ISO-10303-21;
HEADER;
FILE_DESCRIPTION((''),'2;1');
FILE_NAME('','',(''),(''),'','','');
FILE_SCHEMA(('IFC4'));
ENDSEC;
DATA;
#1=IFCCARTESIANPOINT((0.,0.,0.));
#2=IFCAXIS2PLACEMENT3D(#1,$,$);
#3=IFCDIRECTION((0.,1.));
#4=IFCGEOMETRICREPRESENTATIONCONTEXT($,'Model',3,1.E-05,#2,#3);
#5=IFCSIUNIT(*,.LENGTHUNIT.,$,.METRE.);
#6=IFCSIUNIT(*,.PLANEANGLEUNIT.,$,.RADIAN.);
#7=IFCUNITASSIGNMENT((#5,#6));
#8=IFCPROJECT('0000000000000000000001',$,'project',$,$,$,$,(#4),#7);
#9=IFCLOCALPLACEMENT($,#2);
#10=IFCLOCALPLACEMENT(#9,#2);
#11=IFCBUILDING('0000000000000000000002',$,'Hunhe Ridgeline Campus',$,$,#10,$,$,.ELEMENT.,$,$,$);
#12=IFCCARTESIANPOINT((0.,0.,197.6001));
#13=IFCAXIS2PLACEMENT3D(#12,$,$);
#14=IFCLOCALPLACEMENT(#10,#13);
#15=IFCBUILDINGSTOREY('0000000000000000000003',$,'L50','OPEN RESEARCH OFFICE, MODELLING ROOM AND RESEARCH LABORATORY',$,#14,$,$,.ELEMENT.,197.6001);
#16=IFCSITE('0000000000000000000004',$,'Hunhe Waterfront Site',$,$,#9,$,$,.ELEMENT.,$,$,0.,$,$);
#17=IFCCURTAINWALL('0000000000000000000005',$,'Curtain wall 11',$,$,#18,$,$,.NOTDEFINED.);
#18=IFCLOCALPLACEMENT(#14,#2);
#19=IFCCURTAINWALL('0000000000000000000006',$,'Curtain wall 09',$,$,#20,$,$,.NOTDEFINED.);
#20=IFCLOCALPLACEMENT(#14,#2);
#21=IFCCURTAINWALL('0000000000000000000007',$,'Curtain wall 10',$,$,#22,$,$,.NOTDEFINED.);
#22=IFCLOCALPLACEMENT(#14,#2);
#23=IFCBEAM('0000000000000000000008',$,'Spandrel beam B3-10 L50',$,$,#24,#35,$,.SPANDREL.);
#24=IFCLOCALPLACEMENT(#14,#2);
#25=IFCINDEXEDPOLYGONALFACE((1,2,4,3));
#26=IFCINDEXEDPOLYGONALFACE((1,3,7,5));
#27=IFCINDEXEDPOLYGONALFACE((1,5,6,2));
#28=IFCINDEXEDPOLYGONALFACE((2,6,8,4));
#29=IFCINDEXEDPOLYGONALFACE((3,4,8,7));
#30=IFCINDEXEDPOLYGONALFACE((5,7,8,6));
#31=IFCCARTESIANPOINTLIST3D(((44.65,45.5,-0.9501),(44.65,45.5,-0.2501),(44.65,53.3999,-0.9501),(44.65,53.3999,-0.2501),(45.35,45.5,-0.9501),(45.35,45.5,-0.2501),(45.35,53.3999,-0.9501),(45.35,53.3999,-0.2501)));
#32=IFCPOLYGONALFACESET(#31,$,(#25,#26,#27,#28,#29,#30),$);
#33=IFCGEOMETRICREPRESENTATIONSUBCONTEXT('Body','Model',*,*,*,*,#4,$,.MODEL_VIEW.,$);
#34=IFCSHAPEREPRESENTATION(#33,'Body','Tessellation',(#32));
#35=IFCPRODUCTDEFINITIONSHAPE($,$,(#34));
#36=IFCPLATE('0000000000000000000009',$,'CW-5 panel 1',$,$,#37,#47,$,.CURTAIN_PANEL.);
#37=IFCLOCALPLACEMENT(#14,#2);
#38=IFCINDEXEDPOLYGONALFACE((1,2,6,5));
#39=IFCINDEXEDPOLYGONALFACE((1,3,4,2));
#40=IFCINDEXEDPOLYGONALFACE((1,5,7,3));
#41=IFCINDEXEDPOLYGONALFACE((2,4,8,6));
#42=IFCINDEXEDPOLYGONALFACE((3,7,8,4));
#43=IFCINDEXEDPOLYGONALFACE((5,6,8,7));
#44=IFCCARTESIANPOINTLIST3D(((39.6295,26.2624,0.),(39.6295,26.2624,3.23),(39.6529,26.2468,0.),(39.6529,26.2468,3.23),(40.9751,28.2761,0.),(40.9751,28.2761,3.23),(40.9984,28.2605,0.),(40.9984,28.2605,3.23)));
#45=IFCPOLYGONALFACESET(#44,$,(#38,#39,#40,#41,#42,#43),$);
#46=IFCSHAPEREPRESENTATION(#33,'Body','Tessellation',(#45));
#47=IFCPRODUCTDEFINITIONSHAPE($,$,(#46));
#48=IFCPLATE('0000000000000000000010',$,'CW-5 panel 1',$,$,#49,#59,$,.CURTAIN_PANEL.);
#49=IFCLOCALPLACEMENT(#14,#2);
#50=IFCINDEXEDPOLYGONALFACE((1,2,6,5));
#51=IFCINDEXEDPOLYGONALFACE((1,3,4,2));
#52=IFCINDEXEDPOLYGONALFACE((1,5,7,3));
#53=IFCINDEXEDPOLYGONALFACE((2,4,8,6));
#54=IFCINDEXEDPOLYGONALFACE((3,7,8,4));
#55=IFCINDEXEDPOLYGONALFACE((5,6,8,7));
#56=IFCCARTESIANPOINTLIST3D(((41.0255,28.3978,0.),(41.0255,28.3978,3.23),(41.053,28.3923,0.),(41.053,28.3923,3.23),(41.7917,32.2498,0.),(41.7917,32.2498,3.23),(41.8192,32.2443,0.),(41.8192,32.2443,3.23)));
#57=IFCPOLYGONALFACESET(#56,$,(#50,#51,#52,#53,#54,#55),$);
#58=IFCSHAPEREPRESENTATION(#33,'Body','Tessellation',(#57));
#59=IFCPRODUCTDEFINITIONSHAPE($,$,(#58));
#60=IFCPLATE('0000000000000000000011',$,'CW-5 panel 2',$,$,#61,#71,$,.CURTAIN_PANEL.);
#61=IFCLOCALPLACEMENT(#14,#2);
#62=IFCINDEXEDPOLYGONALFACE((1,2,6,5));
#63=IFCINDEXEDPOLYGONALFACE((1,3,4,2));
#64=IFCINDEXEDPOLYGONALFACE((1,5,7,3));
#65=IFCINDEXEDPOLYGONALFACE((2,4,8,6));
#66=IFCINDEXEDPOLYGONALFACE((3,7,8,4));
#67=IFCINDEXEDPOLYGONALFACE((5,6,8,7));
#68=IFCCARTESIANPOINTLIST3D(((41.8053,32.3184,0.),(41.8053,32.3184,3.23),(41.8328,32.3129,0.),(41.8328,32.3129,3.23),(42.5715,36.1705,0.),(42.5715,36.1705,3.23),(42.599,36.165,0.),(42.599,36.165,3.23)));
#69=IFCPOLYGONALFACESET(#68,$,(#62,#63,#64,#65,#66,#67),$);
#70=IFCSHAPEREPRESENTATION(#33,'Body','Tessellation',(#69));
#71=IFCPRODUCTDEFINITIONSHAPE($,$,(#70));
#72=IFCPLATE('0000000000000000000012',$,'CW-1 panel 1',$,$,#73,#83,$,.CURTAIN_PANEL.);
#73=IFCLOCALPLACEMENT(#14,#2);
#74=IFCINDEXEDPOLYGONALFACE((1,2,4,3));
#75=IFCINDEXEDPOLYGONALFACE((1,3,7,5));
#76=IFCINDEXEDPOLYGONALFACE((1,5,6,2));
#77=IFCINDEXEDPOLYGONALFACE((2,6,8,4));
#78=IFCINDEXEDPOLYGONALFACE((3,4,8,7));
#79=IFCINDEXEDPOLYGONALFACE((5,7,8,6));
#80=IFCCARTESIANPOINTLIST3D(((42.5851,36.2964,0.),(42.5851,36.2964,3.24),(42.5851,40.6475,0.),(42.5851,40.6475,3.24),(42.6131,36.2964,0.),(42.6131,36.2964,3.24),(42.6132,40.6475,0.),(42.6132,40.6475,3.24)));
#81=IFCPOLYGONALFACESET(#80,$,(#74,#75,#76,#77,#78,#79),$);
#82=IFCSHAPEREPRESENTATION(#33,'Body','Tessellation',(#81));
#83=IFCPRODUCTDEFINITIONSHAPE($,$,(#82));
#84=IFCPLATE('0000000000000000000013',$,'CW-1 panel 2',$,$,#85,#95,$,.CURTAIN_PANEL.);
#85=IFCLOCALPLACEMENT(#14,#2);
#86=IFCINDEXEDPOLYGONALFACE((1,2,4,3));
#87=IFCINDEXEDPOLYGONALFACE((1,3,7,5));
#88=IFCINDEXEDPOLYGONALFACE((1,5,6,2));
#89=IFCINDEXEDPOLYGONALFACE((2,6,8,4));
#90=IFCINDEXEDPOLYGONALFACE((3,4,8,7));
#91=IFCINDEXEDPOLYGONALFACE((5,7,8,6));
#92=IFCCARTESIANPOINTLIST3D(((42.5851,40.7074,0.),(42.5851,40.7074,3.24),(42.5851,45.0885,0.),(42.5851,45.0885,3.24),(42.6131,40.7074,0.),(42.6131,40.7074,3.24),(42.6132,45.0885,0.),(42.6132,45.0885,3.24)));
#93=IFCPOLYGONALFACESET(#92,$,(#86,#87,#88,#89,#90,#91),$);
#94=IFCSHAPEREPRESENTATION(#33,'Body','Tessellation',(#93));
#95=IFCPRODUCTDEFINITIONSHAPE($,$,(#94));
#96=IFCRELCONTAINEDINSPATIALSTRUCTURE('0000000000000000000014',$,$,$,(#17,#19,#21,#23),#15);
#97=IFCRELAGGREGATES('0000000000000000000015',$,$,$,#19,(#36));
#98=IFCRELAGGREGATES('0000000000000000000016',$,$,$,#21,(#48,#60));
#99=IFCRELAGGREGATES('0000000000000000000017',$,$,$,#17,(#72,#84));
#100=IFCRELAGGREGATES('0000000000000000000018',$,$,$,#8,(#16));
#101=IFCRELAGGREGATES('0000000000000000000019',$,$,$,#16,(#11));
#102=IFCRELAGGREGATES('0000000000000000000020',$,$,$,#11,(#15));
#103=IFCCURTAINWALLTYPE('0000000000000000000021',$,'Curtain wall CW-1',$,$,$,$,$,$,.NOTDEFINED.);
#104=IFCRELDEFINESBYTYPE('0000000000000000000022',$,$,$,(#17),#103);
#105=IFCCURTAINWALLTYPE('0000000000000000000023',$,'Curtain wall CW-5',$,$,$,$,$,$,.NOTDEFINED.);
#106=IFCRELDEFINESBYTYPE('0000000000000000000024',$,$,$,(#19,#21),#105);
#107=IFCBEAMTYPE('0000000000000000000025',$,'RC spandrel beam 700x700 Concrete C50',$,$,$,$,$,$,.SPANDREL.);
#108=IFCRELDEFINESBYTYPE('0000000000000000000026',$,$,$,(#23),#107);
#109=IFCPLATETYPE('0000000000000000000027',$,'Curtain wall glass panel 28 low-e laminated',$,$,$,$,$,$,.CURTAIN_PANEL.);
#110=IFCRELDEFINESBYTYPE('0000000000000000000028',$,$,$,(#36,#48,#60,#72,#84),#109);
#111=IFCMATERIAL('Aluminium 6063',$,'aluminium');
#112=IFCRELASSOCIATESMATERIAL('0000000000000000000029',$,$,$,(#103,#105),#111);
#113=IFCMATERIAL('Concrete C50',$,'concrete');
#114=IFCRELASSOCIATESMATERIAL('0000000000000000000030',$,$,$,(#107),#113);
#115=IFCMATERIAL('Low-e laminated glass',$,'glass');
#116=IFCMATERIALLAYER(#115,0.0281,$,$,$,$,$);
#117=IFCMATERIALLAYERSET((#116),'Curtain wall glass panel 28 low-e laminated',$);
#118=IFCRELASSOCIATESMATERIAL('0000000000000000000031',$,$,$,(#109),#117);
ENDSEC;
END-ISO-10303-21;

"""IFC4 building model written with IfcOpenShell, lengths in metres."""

from ifc_helpers import new_model, si_unit, direction, frame, origin, origin_2d, place, context, subcontext, project, spatial, rectangle, extrude, material, layer, layer_set, material_profile, profile_set, type_object, element, aggregate, save


model = new_model("IFC4")

# Units and contexts
model_context = context("Model", 3, precision=1e-05, world=origin(), true_north=direction((0.0, 1.0)))
body_context = subcontext(model_context, "Body", "Model", "MODEL_VIEW")
ifc_project = project(units=[si_unit("LENGTHUNIT", "METRE"), si_unit("PLANEANGLEUNIT", "RADIAN")], contexts=[model_context])

# Site, building, storey
site_placement = place(None, origin())
site = spatial("IfcSite", under=ifc_project, at=site_placement, Name="Hunhe Waterfront Site", CompositionType="ELEMENT", RefElevation=0.0)
building_placement = place(site_placement, origin())
building = spatial("IfcBuilding", under=site, at=building_placement, Name="Hunhe Ridgeline Campus", CompositionType="ELEMENT")
storey_placement = place(building_placement, frame((0.0, 0.0, 197.6001)))
storey = spatial("IfcBuildingStorey", under=building, at=storey_placement, Name="L50", Description="OPEN RESEARCH OFFICE, MODELLING ROOM AND RESEARCH LABORATORY", CompositionType="ELEMENT", Elevation=197.6001)

# Curtain wall
ifc_material_1 = material(Name="Aluminium 6063", Category="aluminium")
curtain_wall_type_1 = type_object("IfcCurtainWallType", Name="Curtain wall CW-1", PredefinedType="NOTDEFINED", material=ifc_material_1)
curtain_wall_1_placement = place(storey_placement, origin())
curtain_wall_1 = element("IfcCurtainWall", 1, at=curtain_wall_1_placement, inside=storey, type_object=curtain_wall_type_1, Name="Curtain wall 11", PredefinedType="NOTDEFINED")

# Curtain wall
curtain_wall_type_2 = type_object("IfcCurtainWallType", Name="Curtain wall CW-5", PredefinedType="NOTDEFINED", material=ifc_material_1)
curtain_wall_2_placement = place(storey_placement, origin())
curtain_wall_2 = element("IfcCurtainWall", 2, at=curtain_wall_2_placement, inside=storey, type_object=curtain_wall_type_2, Name="Curtain wall 09", PredefinedType="NOTDEFINED")

# Curtain wall
curtain_wall_3_placement = place(storey_placement, origin())
curtain_wall_3 = element("IfcCurtainWall", 3, at=curtain_wall_3_placement, inside=storey, type_object=curtain_wall_type_2, Name="Curtain wall 10", PredefinedType="NOTDEFINED")

# Beam
ifc_material_2 = material(Name="Concrete C50", Category="concrete")
ifc_material_profile_1 = material_profile(ifc_material_2, rectangle(XDim=0.7, YDim=0.7, at=origin_2d()))
ifc_profile_set_1 = profile_set([ifc_material_profile_1], Name="Concrete C50")
beam_type = type_object("IfcBeamType", Name="RC spandrel beam 700x700 Concrete C50", PredefinedType="SPANDREL", material=ifc_profile_set_1)
beam_1_placement = place(storey_placement, frame((45.0, 45.5, -0.6001), z_axis=(0.0, 1.0, 0.0), x_axis=(-1.0, 0.0, 0.0)))
element("IfcBeam", 4, at=beam_1_placement, inside=storey, type_object=beam_type, Name="Spandrel beam B3-10 L50", PredefinedType="SPANDREL", context=body_context, shape_type="SweptSolid", body=[
    extrude(rectangle(XDim=0.7, YDim=0.7, at=origin_2d()), origin(), (0.0, 0.0, 1.0), 7.8999),
])

# Plates
ifc_material_3 = material(Name="Low-e laminated glass", Category="glass")
ifc_layer = layer(ifc_material_3, 0.0281)
ifc_layer_set = layer_set([ifc_layer], Name="Curtain wall glass panel 28 low-e laminated")
plate_type = type_object("IfcPlateType", Name="Curtain wall glass panel 28 low-e laminated", PredefinedType="CURTAIN_PANEL", material=ifc_layer_set)
plate_1_placement = place(storey_placement, frame((40.314, 27.2615, 0.0), z_axis=(0.0, 0.0, 1.0), x_axis=(0.55557, 0.83147, 0.0)))
plate_1 = element("IfcPlate", 5, at=plate_1_placement, type_object=plate_type, Name="CW-5 panel 1", PredefinedType="CURTAIN_PANEL", context=body_context, shape_type="SweptSolid", body=[
    extrude(rectangle(XDim=2.4219, YDim=0.0281, at=origin_2d()), origin(), (0.0, 0.0, 1.0), 3.23),
])
aggregate(curtain_wall_2, [plate_1])
plate_2_placement = place(storey_placement, frame((41.4224, 30.321, 0.0), z_axis=(0.0, 0.0, 1.0), x_axis=(0.19509, 0.980785, 0.0)))
plate_2 = element("IfcPlate", 6, at=plate_2_placement, type_object=plate_type, Name="CW-5 panel 1", PredefinedType="CURTAIN_PANEL", context=body_context, shape_type="SweptSolid", body=[
    extrude(rectangle(XDim=3.9275, YDim=0.0281, at=origin_2d()), origin(), (0.0, 0.0, 1.0), 3.23),
])
plate_3_placement = place(storey_placement, frame((42.2021, 34.2417, 0.0), z_axis=(0.0, 0.0, 1.0), x_axis=(0.19509, 0.980785, 0.0)))
plate_3 = element("IfcPlate", 7, at=plate_3_placement, type_object=plate_type, Name="CW-5 panel 2", PredefinedType="CURTAIN_PANEL", context=body_context, shape_type="SweptSolid", body=[
    extrude(rectangle(XDim=3.9275, YDim=0.0281, at=origin_2d()), origin(), (0.0, 0.0, 1.0), 3.23),
])
aggregate(curtain_wall_3, [plate_2, plate_3])
plate_4_placement = place(storey_placement, frame((42.5991, 38.4719, 0.0), z_axis=(0.0, 0.0, 1.0), x_axis=(0.000007, 1.0, 0.0)))
plate_4 = element("IfcPlate", 8, at=plate_4_placement, type_object=plate_type, Name="CW-1 panel 1", PredefinedType="CURTAIN_PANEL", context=body_context, shape_type="SweptSolid", body=[
    extrude(rectangle(XDim=4.3511, YDim=0.0281, at=origin_2d()), origin(), (0.0, 0.0, 1.0), 3.24),
])
plate_5_placement = place(storey_placement, frame((42.5991, 42.8979, 0.0), z_axis=(0.0, 0.0, 1.0), x_axis=(0.000007, 1.0, 0.0)))
plate_5 = element("IfcPlate", 9, at=plate_5_placement, type_object=plate_type, Name="CW-1 panel 2", PredefinedType="CURTAIN_PANEL", context=body_context, shape_type="SweptSolid", body=[
    extrude(rectangle(XDim=4.3811, YDim=0.0281, at=origin_2d()), origin(), (0.0, 0.0, 1.0), 3.24),
])
aggregate(curtain_wall_1, [plate_4, plate_5])

save(model, "model.ifc")
